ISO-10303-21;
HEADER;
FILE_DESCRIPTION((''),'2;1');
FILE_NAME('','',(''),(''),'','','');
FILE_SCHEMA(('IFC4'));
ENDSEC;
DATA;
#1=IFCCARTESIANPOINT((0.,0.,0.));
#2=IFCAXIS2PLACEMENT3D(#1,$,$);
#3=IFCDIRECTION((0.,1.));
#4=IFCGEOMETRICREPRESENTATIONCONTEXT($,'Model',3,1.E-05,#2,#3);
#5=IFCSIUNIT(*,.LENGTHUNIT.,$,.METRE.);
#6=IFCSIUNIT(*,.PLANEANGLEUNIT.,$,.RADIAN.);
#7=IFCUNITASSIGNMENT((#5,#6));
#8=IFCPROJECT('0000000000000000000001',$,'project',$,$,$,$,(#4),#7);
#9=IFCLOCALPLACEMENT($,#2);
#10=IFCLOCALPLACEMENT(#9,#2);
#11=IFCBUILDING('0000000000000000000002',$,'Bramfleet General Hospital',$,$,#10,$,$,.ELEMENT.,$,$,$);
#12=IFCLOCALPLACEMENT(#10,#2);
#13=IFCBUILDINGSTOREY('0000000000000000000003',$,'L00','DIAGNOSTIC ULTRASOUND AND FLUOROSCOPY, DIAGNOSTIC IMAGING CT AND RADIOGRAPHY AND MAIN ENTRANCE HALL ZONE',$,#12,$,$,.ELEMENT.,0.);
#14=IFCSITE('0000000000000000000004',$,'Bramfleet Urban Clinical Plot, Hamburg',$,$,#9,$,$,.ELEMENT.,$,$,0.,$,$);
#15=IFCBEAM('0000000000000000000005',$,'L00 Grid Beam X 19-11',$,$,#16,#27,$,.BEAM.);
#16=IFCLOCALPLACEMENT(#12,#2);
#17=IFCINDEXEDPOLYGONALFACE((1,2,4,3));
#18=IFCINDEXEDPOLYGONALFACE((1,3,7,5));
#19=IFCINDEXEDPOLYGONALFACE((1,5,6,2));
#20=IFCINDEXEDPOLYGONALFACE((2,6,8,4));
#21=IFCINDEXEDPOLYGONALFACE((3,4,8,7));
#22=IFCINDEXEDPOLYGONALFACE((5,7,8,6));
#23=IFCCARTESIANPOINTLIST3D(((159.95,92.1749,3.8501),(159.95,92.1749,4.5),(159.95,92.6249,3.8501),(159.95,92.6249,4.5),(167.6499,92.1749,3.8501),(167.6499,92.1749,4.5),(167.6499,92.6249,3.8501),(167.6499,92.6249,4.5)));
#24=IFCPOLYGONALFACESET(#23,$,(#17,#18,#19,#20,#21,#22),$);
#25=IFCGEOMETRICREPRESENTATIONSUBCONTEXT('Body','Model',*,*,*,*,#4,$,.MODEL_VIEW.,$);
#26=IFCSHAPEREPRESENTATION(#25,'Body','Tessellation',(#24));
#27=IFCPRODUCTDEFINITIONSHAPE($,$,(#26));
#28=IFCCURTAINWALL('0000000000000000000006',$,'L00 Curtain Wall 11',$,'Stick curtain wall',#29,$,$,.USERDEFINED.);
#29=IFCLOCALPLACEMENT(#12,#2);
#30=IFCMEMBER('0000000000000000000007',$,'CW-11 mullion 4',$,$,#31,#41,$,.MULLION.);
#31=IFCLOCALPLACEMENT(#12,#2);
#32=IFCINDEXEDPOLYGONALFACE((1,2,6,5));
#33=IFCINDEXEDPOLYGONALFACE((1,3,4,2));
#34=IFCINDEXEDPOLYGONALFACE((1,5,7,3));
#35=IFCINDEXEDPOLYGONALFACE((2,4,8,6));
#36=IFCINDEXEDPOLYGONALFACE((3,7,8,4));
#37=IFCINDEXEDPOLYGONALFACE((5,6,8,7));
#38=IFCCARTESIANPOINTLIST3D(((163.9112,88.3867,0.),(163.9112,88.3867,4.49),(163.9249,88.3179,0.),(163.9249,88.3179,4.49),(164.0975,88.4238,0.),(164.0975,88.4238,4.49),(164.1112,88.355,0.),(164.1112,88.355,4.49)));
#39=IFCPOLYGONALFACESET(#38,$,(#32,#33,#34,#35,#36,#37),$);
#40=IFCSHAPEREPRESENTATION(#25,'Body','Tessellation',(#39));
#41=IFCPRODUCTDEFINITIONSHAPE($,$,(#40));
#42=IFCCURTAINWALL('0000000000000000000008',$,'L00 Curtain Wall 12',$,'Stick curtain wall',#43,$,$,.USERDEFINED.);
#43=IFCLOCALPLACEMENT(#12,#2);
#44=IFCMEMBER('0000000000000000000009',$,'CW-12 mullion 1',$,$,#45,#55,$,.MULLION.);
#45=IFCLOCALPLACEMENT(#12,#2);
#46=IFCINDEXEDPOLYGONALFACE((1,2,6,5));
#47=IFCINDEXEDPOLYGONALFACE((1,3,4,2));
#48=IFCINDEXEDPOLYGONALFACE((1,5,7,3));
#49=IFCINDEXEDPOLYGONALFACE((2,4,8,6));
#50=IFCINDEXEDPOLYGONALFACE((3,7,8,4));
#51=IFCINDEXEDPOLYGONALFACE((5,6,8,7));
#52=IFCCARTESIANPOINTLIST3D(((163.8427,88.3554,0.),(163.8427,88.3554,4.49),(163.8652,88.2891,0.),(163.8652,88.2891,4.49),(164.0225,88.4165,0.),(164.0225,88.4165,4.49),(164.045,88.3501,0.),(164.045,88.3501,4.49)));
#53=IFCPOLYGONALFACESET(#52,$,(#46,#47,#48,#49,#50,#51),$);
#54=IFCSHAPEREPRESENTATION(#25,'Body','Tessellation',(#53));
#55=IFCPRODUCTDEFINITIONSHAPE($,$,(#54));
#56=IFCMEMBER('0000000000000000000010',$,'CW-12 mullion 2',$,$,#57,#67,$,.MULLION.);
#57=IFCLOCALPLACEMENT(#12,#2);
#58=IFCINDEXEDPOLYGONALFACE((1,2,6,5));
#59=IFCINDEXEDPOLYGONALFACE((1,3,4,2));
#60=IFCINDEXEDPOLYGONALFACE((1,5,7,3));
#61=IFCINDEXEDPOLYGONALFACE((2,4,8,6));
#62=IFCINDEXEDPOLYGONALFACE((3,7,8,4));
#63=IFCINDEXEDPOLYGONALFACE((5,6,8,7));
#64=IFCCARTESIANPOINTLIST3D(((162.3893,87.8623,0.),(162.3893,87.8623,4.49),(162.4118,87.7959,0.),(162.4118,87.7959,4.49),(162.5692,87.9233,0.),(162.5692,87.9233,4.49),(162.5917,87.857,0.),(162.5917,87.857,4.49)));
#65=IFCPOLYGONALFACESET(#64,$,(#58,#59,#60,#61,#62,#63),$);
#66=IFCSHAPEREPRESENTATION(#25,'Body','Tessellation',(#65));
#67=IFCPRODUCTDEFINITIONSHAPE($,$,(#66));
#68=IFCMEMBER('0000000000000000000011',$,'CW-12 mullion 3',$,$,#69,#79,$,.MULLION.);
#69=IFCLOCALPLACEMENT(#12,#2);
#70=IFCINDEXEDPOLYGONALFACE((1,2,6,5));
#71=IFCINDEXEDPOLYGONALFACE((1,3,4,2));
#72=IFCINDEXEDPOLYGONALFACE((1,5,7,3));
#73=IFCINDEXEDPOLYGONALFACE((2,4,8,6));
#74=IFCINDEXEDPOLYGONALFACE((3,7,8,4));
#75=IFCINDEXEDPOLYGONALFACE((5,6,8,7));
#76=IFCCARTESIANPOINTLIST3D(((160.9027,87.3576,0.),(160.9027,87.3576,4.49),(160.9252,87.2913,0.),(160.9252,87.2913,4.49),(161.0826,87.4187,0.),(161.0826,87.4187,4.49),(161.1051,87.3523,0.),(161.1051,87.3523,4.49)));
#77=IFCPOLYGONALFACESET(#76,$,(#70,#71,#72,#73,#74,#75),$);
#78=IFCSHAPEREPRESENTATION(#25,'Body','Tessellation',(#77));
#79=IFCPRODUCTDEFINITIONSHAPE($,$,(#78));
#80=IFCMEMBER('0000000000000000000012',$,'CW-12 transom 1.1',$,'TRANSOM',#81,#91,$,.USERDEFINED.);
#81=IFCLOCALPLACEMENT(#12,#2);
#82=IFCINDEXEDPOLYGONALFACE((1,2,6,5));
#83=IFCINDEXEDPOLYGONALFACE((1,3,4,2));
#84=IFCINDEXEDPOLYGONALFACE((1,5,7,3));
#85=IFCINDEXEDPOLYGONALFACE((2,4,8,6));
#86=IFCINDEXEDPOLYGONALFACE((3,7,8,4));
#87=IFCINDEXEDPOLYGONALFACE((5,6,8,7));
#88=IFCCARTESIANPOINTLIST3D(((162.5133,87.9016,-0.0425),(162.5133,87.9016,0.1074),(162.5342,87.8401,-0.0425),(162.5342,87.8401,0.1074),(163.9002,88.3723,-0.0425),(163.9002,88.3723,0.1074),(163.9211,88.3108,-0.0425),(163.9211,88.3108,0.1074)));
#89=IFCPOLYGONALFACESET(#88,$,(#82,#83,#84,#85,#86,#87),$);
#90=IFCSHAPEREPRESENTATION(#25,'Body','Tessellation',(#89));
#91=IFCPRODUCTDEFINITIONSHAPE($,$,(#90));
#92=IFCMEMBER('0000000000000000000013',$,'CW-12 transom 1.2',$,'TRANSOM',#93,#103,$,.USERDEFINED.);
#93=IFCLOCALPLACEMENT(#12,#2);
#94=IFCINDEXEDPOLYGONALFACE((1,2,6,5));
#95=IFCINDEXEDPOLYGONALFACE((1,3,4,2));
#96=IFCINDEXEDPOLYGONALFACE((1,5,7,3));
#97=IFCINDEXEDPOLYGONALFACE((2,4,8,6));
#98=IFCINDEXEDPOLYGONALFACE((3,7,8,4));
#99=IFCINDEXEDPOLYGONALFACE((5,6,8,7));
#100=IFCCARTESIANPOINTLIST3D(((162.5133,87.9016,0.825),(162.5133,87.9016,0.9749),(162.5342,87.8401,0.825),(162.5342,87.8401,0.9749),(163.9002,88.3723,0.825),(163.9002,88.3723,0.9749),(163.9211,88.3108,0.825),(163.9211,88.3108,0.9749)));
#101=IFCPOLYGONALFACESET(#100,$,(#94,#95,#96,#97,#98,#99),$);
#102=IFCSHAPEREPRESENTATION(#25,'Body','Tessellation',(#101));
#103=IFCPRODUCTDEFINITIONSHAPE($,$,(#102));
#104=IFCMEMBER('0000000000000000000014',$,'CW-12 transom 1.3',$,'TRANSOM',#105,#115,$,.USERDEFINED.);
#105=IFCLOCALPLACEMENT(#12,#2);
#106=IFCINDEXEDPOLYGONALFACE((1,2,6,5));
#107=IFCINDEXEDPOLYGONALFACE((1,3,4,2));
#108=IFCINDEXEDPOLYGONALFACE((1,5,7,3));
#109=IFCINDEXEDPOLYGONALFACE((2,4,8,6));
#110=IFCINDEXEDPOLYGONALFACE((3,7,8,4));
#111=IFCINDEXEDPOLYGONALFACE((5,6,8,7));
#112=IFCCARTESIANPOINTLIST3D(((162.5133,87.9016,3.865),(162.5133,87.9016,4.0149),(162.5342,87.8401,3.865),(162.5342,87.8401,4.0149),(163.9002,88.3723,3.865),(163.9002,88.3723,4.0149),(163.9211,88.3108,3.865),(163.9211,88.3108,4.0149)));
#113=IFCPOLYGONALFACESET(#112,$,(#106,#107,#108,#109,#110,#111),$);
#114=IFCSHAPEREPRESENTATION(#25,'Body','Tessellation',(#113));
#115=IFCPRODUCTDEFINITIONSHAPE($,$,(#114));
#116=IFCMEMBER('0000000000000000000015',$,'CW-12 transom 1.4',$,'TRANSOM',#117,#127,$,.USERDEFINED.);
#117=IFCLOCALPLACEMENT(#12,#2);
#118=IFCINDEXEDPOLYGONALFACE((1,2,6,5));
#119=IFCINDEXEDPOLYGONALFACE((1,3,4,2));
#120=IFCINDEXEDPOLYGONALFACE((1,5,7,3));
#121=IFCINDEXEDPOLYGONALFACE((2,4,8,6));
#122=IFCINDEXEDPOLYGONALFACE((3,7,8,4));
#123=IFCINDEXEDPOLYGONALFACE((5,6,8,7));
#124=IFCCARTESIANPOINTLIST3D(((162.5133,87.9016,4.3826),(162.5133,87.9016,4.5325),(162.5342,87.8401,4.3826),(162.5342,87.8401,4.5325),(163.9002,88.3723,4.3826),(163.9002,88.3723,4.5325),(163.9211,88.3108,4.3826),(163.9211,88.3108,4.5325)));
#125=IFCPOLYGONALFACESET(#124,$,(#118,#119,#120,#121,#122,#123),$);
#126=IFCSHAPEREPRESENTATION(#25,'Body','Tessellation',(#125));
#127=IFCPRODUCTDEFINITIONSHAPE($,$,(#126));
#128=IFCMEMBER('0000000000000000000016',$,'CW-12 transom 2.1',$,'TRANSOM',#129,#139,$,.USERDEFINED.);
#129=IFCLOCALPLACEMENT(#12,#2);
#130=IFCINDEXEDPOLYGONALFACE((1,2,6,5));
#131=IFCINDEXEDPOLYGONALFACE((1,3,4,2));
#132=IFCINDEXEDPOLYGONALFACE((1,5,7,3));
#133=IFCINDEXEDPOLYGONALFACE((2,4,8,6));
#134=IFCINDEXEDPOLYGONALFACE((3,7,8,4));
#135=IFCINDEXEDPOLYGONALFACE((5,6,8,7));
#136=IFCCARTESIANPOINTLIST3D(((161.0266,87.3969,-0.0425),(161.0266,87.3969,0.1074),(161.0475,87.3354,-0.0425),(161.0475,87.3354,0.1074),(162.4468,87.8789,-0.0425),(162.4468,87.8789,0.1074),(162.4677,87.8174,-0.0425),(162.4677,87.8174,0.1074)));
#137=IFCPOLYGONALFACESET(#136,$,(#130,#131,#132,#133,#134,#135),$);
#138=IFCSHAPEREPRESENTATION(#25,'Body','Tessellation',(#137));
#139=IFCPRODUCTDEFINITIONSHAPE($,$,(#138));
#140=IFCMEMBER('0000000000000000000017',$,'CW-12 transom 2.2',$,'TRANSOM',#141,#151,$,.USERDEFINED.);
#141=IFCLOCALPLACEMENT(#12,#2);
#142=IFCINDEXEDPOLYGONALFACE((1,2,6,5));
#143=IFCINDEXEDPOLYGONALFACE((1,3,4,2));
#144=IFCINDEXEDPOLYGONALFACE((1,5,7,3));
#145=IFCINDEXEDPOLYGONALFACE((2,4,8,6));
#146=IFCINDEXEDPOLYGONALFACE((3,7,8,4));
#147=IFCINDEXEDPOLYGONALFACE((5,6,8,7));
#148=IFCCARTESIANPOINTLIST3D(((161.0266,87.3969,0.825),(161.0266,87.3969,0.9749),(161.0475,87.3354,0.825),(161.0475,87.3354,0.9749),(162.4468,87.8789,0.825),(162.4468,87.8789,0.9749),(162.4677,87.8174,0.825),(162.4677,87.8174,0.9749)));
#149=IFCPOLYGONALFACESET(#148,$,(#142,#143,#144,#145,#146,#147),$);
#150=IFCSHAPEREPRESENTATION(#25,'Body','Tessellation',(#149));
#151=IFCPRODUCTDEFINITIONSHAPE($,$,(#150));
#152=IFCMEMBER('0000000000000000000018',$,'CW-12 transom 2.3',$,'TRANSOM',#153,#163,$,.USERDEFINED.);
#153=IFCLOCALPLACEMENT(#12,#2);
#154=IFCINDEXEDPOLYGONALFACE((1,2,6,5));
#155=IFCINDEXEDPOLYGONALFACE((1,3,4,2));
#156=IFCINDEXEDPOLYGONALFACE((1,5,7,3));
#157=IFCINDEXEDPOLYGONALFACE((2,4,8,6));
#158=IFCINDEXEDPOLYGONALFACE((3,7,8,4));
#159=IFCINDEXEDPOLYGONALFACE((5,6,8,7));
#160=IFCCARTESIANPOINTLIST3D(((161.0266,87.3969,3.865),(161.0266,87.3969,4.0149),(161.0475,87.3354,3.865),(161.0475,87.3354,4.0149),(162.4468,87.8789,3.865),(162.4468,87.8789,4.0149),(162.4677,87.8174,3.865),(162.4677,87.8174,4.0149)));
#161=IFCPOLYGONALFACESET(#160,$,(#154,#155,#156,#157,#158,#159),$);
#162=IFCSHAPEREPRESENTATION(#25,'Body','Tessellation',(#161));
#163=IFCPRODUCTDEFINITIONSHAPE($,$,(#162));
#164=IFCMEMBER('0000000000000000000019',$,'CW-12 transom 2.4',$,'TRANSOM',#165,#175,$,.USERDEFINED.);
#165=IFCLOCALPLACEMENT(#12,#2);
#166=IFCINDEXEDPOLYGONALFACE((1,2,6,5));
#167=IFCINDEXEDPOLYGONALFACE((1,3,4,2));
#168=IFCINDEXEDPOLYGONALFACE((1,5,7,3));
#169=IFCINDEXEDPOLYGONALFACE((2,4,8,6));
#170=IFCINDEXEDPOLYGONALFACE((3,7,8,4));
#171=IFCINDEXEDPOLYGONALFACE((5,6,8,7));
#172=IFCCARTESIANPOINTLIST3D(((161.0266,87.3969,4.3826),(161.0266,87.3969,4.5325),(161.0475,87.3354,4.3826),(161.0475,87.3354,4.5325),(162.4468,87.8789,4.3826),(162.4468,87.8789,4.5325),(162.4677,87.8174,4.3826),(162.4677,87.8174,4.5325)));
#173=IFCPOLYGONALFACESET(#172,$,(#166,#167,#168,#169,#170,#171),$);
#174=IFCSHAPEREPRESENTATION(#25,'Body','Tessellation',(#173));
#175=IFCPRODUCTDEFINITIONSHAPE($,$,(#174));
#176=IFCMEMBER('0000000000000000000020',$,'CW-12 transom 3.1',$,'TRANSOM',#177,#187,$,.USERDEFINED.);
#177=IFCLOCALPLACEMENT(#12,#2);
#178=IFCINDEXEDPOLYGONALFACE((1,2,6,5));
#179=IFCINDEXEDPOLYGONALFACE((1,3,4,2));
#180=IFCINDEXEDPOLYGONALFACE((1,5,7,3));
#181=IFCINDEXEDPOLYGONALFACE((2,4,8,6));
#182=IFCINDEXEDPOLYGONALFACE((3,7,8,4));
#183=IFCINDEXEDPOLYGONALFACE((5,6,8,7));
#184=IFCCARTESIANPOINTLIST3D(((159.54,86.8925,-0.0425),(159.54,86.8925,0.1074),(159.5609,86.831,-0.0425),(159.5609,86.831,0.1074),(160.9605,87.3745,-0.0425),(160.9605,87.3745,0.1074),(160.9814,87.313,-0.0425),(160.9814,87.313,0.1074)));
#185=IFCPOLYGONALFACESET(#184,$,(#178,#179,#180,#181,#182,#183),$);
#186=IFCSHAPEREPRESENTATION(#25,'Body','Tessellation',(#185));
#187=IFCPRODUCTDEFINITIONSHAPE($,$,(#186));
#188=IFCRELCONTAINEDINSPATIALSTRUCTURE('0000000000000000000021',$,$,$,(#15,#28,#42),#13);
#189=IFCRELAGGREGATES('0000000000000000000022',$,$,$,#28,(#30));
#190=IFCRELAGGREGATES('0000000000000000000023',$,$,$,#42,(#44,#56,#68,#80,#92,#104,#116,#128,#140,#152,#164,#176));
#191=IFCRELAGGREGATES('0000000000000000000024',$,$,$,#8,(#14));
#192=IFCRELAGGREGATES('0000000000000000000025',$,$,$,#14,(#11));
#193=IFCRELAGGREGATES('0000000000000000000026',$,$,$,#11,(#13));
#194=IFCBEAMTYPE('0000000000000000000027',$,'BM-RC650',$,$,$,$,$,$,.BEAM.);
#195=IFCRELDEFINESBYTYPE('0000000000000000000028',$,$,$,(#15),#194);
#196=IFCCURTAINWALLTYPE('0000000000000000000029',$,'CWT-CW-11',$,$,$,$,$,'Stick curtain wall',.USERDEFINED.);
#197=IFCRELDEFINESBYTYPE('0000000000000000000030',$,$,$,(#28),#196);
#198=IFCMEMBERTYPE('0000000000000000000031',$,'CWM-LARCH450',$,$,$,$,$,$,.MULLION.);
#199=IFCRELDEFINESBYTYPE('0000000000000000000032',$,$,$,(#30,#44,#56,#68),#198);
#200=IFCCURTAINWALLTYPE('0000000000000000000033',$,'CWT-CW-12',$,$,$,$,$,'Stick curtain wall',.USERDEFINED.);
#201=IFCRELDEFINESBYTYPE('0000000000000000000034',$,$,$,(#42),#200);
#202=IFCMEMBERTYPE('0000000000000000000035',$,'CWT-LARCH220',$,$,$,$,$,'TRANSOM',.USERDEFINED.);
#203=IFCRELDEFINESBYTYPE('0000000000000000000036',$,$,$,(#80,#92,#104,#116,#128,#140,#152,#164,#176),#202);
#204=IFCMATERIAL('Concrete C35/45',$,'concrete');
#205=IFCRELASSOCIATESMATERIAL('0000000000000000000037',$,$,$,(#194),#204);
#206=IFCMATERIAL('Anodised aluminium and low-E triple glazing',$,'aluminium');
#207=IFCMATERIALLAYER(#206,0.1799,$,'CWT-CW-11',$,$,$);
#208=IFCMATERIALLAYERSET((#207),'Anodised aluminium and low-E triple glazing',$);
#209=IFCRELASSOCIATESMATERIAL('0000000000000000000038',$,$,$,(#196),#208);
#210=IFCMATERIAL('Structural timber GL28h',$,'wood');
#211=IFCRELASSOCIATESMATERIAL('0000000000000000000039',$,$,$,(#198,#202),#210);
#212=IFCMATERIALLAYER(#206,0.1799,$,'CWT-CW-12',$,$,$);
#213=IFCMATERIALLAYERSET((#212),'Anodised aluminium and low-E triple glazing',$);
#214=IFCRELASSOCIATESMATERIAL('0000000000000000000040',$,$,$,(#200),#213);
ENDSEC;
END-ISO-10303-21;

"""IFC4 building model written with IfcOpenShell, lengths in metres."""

from ifc_helpers import new_model, si_unit, direction, frame, origin, origin_2d, place, context, subcontext, project, spatial, rectangle, extrude, material, layer, layer_set, material_profile, profile_set, type_object, element, aggregate, save


model = new_model("IFC4")

# Units and contexts
model_context = context("Model", 3, precision=1e-05, world=origin(), true_north=direction((0.0, 1.0)))
body_context = subcontext(model_context, "Body", "Model", "MODEL_VIEW")
ifc_project = project(units=[si_unit("LENGTHUNIT", "METRE"), si_unit("PLANEANGLEUNIT", "RADIAN")], contexts=[model_context])

# Site, building, storey
site_placement = place(None, origin())
site = spatial("IfcSite", under=ifc_project, at=site_placement, Name="Bramfleet Urban Clinical Plot, Hamburg", CompositionType="ELEMENT", RefElevation=0.0)
building_placement = place(site_placement, origin())
building = spatial("IfcBuilding", under=site, at=building_placement, Name="Bramfleet General Hospital", CompositionType="ELEMENT")
storey_placement = place(building_placement, origin())
storey = spatial("IfcBuildingStorey", under=building, at=storey_placement, Name="L00", Description="DIAGNOSTIC ULTRASOUND AND FLUOROSCOPY, DIAGNOSTIC IMAGING CT AND RADIOGRAPHY AND MAIN ENTRANCE HALL ZONE", CompositionType="ELEMENT", Elevation=0.0)

# Beam
ifc_material_1 = material(Name="Concrete C35/45", Category="concrete")
ifc_material_profile_1 = material_profile(ifc_material_1, rectangle(XDim=0.45, YDim=0.6499, at=origin_2d()), Name="RC BM 650x450")
ifc_profile_set_1 = profile_set([ifc_material_profile_1], Name="Concrete C35/45")
beam_type = type_object("IfcBeamType", Name="BM-RC650", PredefinedType="BEAM", material=ifc_profile_set_1)
beam_placement = place(storey_placement, frame((159.95, 92.3999, 4.175), z_axis=(1.0, 0.0, 0.0), x_axis=(0.0, 1.0, 0.0)))
element("IfcBeam", 1, at=beam_placement, inside=storey, type_object=beam_type, Name="L00 Grid Beam X 19-11", PredefinedType="BEAM", context=body_context, shape_type="SweptSolid", body=[
    extrude(rectangle(XDim=0.45, YDim=0.6499, at=origin_2d()), origin(), (0.0, 0.0, 1.0), 7.7),
])

# Curtain wall, member
ifc_material_2 = material(Name="Anodised aluminium and low-E triple glazing", Category="aluminium")
ifc_layer_1 = layer(ifc_material_2, 0.1799, Name="CWT-CW-11")
ifc_layer_set_1 = layer_set([ifc_layer_1], Name="Anodised aluminium and low-E triple glazing")
curtain_wall_type_1 = type_object("IfcCurtainWallType", Name="CWT-CW-11", ElementType="Stick curtain wall", PredefinedType="USERDEFINED", material=ifc_layer_set_1)
curtain_wall_1_placement = place(storey_placement, origin())
curtain_wall_1 = element("IfcCurtainWall", 2, at=curtain_wall_1_placement, inside=storey, type_object=curtain_wall_type_1, Name="L00 Curtain Wall 11", ObjectType="Stick curtain wall", PredefinedType="USERDEFINED")
ifc_material_3 = material(Name="Structural timber GL28h", Category="wood")
ifc_material_profile_2 = material_profile(ifc_material_3, rectangle(XDim=0.0701, YDim=0.1899, at=origin_2d()), Name="LARCH 190x70")
ifc_profile_set_2 = profile_set([ifc_material_profile_2], Name="Structural timber GL28h")
member_type_1 = type_object("IfcMemberType", Name="CWM-LARCH450", PredefinedType="MULLION", material=ifc_profile_set_2)
member_1_placement = place(storey_placement, frame((164.0112, 88.3708, 0.0), z_axis=(0.0, 0.0, 1.0), x_axis=(0.195272, -0.980749, 0.0)))
member_1 = element("IfcMember", 3, at=member_1_placement, type_object=member_type_1, Name="CW-11 mullion 4", PredefinedType="MULLION", context=body_context, shape_type="SweptSolid", body=[
    extrude(rectangle(XDim=0.0701, YDim=0.1899, at=origin_2d()), origin(), (0.0, 0.0, 1.0), 4.49),
])

# Curtain wall, members
ifc_layer_2 = layer(ifc_material_2, 0.1799, Name="CWT-CW-12")
ifc_layer_set_2 = layer_set([ifc_layer_2], Name="Anodised aluminium and low-E triple glazing")
curtain_wall_type_2 = type_object("IfcCurtainWallType", Name="CWT-CW-12", ElementType="Stick curtain wall", PredefinedType="USERDEFINED", material=ifc_layer_set_2)
curtain_wall_2_placement = place(storey_placement, origin())
curtain_wall_2 = element("IfcCurtainWall", 4, at=curtain_wall_2_placement, inside=storey, type_object=curtain_wall_type_2, Name="L00 Curtain Wall 12", ObjectType="Stick curtain wall", PredefinedType="USERDEFINED")
member_2_placement = place(storey_placement, frame((163.9438, 88.3528, 0.0), z_axis=(0.0, 0.0, 1.0), x_axis=(0.321383, -0.946949, 0.0)))
member_2 = element("IfcMember", 5, at=member_2_placement, type_object=member_type_1, Name="CW-12 mullion 1", PredefinedType="MULLION", context=body_context, shape_type="SweptSolid", body=[
    extrude(rectangle(XDim=0.0701, YDim=0.1899, at=origin_2d()), origin(), (0.0, 0.0, 1.0), 4.49),
])
member_3_placement = place(storey_placement, frame((162.4905, 87.8596, 0.0), z_axis=(0.0, 0.0, 1.0), x_axis=(0.321383, -0.946949, 0.0)))
member_3 = element("IfcMember", 6, at=member_3_placement, type_object=member_type_1, Name="CW-12 mullion 2", PredefinedType="MULLION", context=body_context, shape_type="SweptSolid", body=[
    extrude(rectangle(XDim=0.0701, YDim=0.1899, at=origin_2d()), origin(), (0.0, 0.0, 1.0), 4.49),
])
member_4_placement = place(storey_placement, frame((161.0039, 87.355, 0.0), z_axis=(0.0, 0.0, 1.0), x_axis=(0.321383, -0.946949, 0.0)))
member_4 = element("IfcMember", 7, at=member_4_placement, type_object=member_type_1, Name="CW-12 mullion 3", PredefinedType="MULLION", context=body_context, shape_type="SweptSolid", body=[
    extrude(rectangle(XDim=0.0701, YDim=0.1899, at=origin_2d()), origin(), (0.0, 0.0, 1.0), 4.49),
])
ifc_material_profile_3 = material_profile(ifc_material_3, rectangle(XDim=0.0649, YDim=0.1499, at=origin_2d()), Name="LARCH 150x65")
ifc_profile_set_3 = profile_set([ifc_material_profile_3], Name="Structural timber GL28h")
member_type_2 = type_object("IfcMemberType", Name="CWT-LARCH220", ElementType="TRANSOM", PredefinedType="USERDEFINED", material=ifc_profile_set_3)
member_5_placement = place(storey_placement, frame((163.9106, 88.3416, 0.0325), z_axis=(-0.946952, -0.321374, 0.0), x_axis=(0.321374, -0.946952, 0.0)))
member_5 = element("IfcMember", 8, at=member_5_placement, type_object=member_type_2, Name="CW-12 transom 1.1", ObjectType="TRANSOM", PredefinedType="USERDEFINED", context=body_context, shape_type="SweptSolid", body=[
    extrude(rectangle(XDim=0.0649, YDim=0.1499, at=origin_2d()), origin(), (0.0, 0.0, 1.0), 1.4646),
])
member_6_placement = place(storey_placement, frame((163.9106, 88.3416, 0.8999), z_axis=(-0.946952, -0.321374, 0.0), x_axis=(0.321374, -0.946952, 0.0)))
member_6 = element("IfcMember", 9, at=member_6_placement, type_object=member_type_2, Name="CW-12 transom 1.2", ObjectType="TRANSOM", PredefinedType="USERDEFINED", context=body_context, shape_type="SweptSolid", body=[
    extrude(rectangle(XDim=0.0649, YDim=0.1499, at=origin_2d()), origin(), (0.0, 0.0, 1.0), 1.4646),
])
member_7_placement = place(storey_placement, frame((163.9106, 88.3416, 3.9399), z_axis=(-0.946952, -0.321374, 0.0), x_axis=(0.321374, -0.946952, 0.0)))
member_7 = element("IfcMember", 10, at=member_7_placement, type_object=member_type_2, Name="CW-12 transom 1.3", ObjectType="TRANSOM", PredefinedType="USERDEFINED", context=body_context, shape_type="SweptSolid", body=[
    extrude(rectangle(XDim=0.0649, YDim=0.1499, at=origin_2d()), origin(), (0.0, 0.0, 1.0), 1.4646),
])
member_8_placement = place(storey_placement, frame((163.9106, 88.3416, 4.4575), z_axis=(-0.946952, -0.321374, 0.0), x_axis=(0.321374, -0.946952, 0.0)))
member_8 = element("IfcMember", 11, at=member_8_placement, type_object=member_type_2, Name="CW-12 transom 1.4", ObjectType="TRANSOM", PredefinedType="USERDEFINED", context=body_context, shape_type="SweptSolid", body=[
    extrude(rectangle(XDim=0.0649, YDim=0.1499, at=origin_2d()), origin(), (0.0, 0.0, 1.0), 1.4646),
])
member_9_placement = place(storey_placement, frame((162.4573, 87.8481, 0.0325), z_axis=(-0.94696, -0.321351, 0.0), x_axis=(0.321351, -0.94696, 0.0)))
member_9 = element("IfcMember", 12, at=member_9_placement, type_object=member_type_2, Name="CW-12 transom 2.1", ObjectType="TRANSOM", PredefinedType="USERDEFINED", context=body_context, shape_type="SweptSolid", body=[
    extrude(rectangle(XDim=0.0649, YDim=0.1499, at=origin_2d()), origin(), (0.0, 0.0, 1.0), 1.4998),
])
member_10_placement = place(storey_placement, frame((162.4573, 87.8481, 0.8999), z_axis=(-0.94696, -0.321351, 0.0), x_axis=(0.321351, -0.94696, 0.0)))
member_10 = element("IfcMember", 13, at=member_10_placement, type_object=member_type_2, Name="CW-12 transom 2.2", ObjectType="TRANSOM", PredefinedType="USERDEFINED", context=body_context, shape_type="SweptSolid", body=[
    extrude(rectangle(XDim=0.0649, YDim=0.1499, at=origin_2d()), origin(), (0.0, 0.0, 1.0), 1.4998),
])
member_11_placement = place(storey_placement, frame((162.4573, 87.8481, 3.9399), z_axis=(-0.94696, -0.321351, 0.0), x_axis=(0.321351, -0.94696, 0.0)))
member_11 = element("IfcMember", 14, at=member_11_placement, type_object=member_type_2, Name="CW-12 transom 2.3", ObjectType="TRANSOM", PredefinedType="USERDEFINED", context=body_context, shape_type="SweptSolid", body=[
    extrude(rectangle(XDim=0.0649, YDim=0.1499, at=origin_2d()), origin(), (0.0, 0.0, 1.0), 1.4998),
])
member_12_placement = place(storey_placement, frame((162.4573, 87.8481, 4.4575), z_axis=(-0.94696, -0.321351, 0.0), x_axis=(0.321351, -0.94696, 0.0)))
member_12 = element("IfcMember", 15, at=member_12_placement, type_object=member_type_2, Name="CW-12 transom 2.4", ObjectType="TRANSOM", PredefinedType="USERDEFINED", context=body_context, shape_type="SweptSolid", body=[
    extrude(rectangle(XDim=0.0649, YDim=0.1499, at=origin_2d()), origin(), (0.0, 0.0, 1.0), 1.4998),
])
member_13_placement = place(storey_placement, frame((160.9709, 87.3438, 0.0325), z_axis=(-0.946977, -0.321302, 0.0), x_axis=(0.321302, -0.946977, 0.0)))
member_13 = element("IfcMember", 16, at=member_13_placement, type_object=member_type_2, Name="CW-12 transom 3.1", ObjectType="TRANSOM", PredefinedType="USERDEFINED", context=body_context, shape_type="SweptSolid", body=[
    extrude(rectangle(XDim=0.0649, YDim=0.1499, at=origin_2d()), origin(), (0.0, 0.0, 1.0), 1.5),
])

aggregate(curtain_wall_1, [member_1])
aggregate(curtain_wall_2, [member_2, member_3, member_4, member_5, member_6, member_7, member_8, member_9, member_10, member_11, member_12, member_13])

save(model, "model.ifc")
